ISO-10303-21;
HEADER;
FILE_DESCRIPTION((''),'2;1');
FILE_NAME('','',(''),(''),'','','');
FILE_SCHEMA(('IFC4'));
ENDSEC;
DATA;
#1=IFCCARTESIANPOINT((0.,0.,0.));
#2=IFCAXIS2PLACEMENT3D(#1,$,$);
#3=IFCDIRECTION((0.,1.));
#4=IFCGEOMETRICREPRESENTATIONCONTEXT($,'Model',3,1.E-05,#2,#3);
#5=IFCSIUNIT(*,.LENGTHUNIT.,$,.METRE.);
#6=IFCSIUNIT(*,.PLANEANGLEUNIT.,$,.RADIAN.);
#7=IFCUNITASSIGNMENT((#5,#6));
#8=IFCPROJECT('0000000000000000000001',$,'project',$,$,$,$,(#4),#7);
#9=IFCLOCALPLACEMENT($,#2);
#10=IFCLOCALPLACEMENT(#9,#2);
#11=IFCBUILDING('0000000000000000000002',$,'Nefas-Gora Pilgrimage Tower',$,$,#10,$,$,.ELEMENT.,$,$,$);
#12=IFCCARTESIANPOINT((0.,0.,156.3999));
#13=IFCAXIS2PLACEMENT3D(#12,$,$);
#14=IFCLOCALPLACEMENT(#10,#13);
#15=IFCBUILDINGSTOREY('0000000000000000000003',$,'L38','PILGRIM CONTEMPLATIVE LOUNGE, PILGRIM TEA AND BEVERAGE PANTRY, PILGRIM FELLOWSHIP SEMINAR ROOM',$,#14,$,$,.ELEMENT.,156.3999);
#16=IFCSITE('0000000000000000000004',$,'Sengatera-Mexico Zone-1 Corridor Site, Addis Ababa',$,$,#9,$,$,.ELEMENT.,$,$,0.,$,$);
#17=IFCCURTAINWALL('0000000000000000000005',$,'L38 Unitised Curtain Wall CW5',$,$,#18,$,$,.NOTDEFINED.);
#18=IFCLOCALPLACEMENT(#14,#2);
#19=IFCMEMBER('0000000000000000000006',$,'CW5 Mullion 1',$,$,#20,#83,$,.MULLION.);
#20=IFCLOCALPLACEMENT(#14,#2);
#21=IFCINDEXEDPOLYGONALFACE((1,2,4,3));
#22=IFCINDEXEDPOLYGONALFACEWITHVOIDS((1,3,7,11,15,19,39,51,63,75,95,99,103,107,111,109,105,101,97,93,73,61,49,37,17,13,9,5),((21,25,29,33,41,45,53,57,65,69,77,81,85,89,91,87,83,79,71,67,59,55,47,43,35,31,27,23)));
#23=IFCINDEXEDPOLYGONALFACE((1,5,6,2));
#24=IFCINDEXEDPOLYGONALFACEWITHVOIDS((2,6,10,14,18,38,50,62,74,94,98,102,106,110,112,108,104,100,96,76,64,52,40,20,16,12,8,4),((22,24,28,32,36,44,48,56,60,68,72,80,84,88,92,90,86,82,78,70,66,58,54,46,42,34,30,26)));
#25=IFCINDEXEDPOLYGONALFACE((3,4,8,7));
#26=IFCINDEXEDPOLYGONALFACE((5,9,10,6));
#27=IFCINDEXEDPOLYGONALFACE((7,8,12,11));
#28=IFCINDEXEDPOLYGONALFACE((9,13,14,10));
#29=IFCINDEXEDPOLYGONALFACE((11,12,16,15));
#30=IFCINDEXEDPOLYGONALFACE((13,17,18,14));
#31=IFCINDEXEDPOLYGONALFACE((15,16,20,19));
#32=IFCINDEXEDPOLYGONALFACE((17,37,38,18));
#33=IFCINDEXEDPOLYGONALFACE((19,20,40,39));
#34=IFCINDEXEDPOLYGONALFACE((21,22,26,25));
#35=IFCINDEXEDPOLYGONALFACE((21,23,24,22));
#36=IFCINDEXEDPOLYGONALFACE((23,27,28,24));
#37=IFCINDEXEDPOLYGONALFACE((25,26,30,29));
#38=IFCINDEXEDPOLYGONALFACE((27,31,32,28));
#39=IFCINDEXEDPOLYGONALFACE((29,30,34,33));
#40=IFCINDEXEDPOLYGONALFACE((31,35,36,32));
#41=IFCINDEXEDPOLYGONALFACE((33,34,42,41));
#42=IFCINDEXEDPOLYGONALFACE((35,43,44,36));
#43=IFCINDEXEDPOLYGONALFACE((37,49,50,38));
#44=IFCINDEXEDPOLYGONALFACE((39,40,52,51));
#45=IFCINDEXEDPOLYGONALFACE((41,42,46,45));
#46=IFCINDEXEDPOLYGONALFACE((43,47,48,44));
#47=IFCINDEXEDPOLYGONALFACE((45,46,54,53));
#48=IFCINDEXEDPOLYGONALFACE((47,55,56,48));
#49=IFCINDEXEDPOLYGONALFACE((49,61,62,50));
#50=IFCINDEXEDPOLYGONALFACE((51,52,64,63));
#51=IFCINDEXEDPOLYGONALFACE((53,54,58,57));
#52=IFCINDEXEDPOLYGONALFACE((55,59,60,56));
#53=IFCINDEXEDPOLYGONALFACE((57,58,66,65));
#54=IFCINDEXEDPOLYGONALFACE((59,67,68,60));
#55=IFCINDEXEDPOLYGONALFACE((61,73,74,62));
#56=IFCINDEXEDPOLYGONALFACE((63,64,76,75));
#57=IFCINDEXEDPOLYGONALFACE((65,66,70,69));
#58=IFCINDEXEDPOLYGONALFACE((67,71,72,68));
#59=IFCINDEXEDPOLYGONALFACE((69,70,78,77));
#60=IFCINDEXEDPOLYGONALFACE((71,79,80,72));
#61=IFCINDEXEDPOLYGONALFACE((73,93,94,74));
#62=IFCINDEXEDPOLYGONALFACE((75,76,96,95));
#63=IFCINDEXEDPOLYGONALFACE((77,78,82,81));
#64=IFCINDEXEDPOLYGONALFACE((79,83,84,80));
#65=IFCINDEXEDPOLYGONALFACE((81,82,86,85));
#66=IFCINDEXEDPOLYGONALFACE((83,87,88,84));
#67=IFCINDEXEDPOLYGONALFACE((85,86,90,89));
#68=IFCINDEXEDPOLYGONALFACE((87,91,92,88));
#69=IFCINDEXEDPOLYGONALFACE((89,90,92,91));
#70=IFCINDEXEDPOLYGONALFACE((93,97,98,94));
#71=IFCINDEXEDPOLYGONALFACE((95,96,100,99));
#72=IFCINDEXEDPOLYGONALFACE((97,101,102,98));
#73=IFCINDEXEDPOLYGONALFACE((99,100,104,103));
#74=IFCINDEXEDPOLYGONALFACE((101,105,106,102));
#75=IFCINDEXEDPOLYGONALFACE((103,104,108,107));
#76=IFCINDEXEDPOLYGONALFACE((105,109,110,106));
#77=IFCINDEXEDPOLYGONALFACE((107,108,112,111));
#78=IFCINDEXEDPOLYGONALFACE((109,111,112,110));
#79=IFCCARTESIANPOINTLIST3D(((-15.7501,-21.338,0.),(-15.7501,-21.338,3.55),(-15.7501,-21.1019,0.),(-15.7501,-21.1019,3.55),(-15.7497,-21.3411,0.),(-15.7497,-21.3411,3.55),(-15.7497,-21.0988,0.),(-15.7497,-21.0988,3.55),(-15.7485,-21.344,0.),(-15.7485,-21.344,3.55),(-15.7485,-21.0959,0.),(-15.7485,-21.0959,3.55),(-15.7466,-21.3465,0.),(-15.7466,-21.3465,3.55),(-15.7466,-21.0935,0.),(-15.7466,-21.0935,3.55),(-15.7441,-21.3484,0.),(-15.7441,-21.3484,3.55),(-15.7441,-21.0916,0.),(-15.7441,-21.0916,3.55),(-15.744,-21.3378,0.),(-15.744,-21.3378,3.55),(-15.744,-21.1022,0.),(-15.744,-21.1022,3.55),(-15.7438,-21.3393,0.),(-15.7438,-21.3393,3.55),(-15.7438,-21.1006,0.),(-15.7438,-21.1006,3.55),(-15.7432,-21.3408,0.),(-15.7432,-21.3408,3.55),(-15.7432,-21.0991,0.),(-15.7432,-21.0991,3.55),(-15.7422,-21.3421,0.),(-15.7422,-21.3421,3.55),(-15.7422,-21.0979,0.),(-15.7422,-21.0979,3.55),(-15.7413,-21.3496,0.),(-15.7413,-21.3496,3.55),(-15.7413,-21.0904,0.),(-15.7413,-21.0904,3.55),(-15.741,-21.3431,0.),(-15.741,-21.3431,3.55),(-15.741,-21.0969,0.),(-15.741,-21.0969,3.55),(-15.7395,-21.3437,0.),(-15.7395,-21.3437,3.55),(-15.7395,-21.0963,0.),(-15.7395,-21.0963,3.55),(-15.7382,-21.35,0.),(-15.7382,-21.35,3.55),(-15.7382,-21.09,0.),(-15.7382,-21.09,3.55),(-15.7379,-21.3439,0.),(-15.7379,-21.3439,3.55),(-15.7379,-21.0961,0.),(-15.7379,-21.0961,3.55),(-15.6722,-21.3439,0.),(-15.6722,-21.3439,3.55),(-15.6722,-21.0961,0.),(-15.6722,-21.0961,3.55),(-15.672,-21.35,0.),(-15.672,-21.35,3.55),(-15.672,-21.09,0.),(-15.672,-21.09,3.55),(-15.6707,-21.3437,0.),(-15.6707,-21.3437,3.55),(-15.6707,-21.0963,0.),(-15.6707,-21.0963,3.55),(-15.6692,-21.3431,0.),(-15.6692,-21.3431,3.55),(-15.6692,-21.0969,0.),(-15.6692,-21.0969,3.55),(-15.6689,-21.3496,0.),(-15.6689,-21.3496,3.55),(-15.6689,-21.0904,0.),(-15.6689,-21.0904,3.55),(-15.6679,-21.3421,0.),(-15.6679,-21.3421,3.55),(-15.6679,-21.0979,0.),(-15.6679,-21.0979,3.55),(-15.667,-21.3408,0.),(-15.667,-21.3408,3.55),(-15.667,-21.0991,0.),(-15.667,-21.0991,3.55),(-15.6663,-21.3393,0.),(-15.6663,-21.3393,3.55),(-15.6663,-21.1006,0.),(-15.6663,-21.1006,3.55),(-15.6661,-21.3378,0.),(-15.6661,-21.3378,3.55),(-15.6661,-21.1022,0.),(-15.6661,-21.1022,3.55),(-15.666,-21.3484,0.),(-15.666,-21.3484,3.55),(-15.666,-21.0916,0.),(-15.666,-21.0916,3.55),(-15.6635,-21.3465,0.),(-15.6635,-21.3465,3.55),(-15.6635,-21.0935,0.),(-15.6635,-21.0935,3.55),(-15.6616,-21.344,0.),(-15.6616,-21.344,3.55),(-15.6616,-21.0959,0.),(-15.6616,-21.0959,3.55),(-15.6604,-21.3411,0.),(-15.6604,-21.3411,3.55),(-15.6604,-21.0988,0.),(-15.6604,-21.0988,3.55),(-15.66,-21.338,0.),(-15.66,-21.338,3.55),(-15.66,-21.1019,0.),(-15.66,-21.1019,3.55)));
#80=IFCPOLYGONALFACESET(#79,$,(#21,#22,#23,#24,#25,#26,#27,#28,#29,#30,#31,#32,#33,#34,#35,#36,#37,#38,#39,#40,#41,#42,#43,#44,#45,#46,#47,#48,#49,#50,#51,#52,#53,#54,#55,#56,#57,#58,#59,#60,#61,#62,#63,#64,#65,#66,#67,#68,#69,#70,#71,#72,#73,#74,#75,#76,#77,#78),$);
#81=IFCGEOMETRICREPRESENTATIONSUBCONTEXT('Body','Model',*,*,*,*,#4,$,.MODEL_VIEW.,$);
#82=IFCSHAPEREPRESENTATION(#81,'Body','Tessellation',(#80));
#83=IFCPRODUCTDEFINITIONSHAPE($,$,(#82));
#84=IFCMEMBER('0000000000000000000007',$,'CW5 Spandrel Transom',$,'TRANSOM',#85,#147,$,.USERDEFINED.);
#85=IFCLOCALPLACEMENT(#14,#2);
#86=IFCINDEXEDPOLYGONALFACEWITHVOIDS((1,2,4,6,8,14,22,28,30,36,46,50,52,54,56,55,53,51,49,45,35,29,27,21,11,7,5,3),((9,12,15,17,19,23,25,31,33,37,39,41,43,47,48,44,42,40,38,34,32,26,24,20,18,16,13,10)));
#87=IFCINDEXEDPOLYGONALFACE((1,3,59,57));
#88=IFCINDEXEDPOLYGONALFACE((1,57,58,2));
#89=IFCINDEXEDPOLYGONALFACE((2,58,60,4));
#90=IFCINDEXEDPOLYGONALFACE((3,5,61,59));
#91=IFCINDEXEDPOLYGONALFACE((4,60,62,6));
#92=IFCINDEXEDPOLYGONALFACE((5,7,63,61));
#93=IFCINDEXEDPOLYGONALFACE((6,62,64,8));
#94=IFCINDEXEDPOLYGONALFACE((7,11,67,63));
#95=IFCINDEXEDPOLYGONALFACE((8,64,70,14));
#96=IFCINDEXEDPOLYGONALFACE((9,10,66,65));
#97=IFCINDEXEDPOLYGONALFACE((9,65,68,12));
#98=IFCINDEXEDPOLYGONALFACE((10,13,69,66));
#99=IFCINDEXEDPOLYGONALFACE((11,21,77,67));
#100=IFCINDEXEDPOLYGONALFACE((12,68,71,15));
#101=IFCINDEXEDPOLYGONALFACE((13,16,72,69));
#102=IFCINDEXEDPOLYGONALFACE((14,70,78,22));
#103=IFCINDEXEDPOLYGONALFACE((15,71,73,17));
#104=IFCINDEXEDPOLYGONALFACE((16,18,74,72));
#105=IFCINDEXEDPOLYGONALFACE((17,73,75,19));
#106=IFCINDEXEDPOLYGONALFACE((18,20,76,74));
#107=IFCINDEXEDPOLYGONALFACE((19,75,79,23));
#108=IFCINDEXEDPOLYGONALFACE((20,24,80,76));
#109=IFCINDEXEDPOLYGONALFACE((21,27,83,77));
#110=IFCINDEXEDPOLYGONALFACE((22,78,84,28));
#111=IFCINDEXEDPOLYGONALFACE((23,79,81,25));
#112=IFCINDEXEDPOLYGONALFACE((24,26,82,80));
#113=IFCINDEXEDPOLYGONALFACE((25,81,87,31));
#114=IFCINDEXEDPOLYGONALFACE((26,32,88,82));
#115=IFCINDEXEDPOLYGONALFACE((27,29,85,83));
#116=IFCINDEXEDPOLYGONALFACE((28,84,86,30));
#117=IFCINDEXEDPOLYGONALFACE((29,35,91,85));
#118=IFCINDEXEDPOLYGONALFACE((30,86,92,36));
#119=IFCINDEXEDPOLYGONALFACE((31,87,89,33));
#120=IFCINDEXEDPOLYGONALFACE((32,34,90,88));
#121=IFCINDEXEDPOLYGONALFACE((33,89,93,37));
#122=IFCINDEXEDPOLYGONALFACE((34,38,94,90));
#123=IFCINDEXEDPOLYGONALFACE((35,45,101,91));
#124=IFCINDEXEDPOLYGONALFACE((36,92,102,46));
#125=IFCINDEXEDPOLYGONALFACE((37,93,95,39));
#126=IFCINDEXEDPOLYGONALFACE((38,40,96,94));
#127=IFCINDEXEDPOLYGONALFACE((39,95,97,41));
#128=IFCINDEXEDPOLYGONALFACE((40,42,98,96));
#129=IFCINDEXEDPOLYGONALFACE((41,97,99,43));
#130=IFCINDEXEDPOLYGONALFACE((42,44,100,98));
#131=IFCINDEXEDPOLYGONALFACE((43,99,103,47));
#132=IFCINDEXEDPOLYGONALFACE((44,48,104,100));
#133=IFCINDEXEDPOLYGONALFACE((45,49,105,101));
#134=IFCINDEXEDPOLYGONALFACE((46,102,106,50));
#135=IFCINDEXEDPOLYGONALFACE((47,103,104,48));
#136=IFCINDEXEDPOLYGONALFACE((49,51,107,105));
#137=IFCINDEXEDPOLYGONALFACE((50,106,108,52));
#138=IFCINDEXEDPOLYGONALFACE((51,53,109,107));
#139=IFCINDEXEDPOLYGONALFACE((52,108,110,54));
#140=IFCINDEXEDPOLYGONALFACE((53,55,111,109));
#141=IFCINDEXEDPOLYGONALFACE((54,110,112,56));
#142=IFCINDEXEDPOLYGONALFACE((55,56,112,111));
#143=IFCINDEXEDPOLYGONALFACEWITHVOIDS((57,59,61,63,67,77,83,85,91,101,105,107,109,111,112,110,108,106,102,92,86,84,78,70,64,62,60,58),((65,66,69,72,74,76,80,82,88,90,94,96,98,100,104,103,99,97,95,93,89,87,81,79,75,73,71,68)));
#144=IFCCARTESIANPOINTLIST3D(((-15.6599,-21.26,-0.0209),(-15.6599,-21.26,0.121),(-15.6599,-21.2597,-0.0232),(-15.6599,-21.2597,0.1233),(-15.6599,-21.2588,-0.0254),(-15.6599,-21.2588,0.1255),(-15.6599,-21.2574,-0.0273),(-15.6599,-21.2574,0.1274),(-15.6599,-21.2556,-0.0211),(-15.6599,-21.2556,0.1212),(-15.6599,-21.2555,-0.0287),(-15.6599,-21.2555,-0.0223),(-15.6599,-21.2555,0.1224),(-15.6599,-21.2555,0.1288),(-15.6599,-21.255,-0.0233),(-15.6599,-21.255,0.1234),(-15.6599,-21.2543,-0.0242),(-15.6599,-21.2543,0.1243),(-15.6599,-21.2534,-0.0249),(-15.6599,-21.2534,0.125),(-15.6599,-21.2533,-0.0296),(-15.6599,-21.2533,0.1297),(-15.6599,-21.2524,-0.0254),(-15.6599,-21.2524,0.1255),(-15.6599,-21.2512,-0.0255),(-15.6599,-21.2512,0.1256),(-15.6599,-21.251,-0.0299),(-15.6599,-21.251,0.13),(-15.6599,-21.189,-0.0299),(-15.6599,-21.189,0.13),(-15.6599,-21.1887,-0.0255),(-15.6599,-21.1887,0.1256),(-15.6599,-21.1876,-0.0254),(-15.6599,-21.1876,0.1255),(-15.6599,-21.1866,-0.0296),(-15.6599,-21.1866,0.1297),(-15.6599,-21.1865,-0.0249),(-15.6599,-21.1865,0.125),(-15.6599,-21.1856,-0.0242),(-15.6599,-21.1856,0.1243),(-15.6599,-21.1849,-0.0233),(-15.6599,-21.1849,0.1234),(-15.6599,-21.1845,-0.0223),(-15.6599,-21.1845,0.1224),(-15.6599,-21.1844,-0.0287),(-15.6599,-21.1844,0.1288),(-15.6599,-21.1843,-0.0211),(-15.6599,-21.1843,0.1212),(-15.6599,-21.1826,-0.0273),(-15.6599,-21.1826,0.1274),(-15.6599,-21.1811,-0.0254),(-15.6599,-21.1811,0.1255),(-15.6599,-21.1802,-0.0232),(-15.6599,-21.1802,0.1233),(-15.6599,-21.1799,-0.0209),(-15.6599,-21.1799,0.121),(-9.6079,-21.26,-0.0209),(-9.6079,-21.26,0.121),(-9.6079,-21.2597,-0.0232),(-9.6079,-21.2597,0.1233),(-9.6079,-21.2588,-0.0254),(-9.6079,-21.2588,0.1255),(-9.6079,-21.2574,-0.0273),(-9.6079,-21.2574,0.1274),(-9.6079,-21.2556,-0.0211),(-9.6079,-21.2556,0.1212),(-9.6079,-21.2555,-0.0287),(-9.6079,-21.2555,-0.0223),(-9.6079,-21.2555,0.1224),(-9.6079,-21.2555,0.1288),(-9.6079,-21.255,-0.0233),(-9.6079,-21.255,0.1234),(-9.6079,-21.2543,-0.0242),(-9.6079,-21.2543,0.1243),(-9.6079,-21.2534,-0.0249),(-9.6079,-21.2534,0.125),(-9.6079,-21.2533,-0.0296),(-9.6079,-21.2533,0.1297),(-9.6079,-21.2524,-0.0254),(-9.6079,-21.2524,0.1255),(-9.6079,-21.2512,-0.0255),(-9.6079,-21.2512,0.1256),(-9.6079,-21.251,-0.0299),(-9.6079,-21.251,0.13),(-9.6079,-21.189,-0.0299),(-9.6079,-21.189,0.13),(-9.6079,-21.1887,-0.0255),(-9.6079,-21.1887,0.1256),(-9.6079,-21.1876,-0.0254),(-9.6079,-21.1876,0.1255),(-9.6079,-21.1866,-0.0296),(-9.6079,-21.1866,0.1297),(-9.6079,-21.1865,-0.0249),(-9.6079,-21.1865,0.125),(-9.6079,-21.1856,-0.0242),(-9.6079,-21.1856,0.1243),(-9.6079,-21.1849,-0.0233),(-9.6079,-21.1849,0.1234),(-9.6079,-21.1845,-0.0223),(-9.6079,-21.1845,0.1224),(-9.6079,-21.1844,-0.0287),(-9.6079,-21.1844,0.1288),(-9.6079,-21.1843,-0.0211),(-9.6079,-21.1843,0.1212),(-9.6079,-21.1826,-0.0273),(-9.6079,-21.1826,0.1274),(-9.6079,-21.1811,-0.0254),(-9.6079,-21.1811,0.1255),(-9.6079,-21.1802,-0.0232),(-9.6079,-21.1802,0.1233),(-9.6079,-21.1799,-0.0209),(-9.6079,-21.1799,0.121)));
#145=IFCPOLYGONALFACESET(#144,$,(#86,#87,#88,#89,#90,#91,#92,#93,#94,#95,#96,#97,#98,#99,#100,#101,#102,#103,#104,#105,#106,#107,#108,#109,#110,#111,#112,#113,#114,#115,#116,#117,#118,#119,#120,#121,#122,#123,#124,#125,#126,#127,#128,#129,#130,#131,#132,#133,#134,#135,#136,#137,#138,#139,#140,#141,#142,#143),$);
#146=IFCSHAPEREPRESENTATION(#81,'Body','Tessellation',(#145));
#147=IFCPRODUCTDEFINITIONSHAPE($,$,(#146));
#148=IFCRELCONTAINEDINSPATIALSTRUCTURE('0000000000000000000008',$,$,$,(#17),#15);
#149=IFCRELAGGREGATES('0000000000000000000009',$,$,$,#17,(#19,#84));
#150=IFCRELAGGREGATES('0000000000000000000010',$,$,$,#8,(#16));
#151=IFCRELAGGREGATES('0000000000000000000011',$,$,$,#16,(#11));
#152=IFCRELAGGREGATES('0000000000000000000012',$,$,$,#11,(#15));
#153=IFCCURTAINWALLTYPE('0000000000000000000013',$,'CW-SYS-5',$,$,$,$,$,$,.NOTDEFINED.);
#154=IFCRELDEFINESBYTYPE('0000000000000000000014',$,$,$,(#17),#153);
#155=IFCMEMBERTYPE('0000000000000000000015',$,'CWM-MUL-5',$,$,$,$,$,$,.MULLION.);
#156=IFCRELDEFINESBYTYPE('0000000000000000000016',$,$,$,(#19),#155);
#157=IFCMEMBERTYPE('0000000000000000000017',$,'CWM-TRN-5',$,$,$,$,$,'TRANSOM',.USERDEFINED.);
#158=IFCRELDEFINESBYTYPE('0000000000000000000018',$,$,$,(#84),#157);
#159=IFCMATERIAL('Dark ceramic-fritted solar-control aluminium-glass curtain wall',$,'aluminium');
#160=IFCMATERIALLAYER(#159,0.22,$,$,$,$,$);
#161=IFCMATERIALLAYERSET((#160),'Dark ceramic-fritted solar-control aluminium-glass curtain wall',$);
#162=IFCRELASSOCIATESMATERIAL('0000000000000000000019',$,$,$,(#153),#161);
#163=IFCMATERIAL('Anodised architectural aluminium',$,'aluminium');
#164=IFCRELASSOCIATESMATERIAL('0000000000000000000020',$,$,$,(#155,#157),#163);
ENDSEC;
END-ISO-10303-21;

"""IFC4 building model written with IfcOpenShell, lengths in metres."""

from ifc_helpers import new_model, si_unit, direction, frame, origin, origin_2d, place, context, subcontext, project, spatial, hollow_rectangle, extrude, source, transform, mapped, material, layer, layer_set, material_profile, profile_set, type_object, element, aggregate, save


model = new_model("IFC4")

# Units and contexts
model_context = context("Model", 3, precision=1e-05, world=origin(), true_north=direction((0.0, 1.0)))
body_context = subcontext(model_context, "Body", "Model", "MODEL_VIEW")
ifc_project = project(units=[si_unit("LENGTHUNIT", "METRE"), si_unit("PLANEANGLEUNIT", "RADIAN")], contexts=[model_context])

# Site, building, storey
site_placement = place(None, origin())
site = spatial("IfcSite", under=ifc_project, at=site_placement, Name="Sengatera-Mexico Zone-1 Corridor Site, Addis Ababa", CompositionType="ELEMENT", RefElevation=0.0)
building_placement = place(site_placement, origin())
building = spatial("IfcBuilding", under=site, at=building_placement, Name="Nefas-Gora Pilgrimage Tower", CompositionType="ELEMENT")
storey_placement = place(building_placement, frame((0.0, 0.0, 156.3999)))
storey = spatial("IfcBuildingStorey", under=building, at=storey_placement, Name="L38", Description="PILGRIM CONTEMPLATIVE LOUNGE, PILGRIM TEA AND BEVERAGE PANTRY, PILGRIM FELLOWSHIP SEMINAR ROOM", CompositionType="ELEMENT", Elevation=156.3999)

# Curtain wall, members
ifc_material_1 = material(Name="Dark ceramic-fritted solar-control aluminium-glass curtain wall", Category="aluminium")
ifc_layer_1 = layer(ifc_material_1, 0.22)
ifc_layer_set_1 = layer_set([ifc_layer_1], Name="Dark ceramic-fritted solar-control aluminium-glass curtain wall")
curtain_wall_type_1 = type_object("IfcCurtainWallType", Name="CW-SYS-5", PredefinedType="NOTDEFINED", material=ifc_layer_set_1)
curtain_wall_1_placement = place(storey_placement, origin())
curtain_wall_1 = element("IfcCurtainWall", 1, at=curtain_wall_1_placement, inside=storey, type_object=curtain_wall_type_1, Name="L38 Unitised Curtain Wall CW5", PredefinedType="NOTDEFINED")
ifc_material_2 = material(Name="Anodised architectural aluminium", Category="aluminium")
ifc_material_profile_1 = material_profile(ifc_material_2, hollow_rectangle(XDim=0.0901, YDim=0.26, WallThickness=0.0061, InnerFilletRadius=0.0061, OuterFilletRadius=0.012, at=origin_2d()), Name="ALU MULLION 90x260")
ifc_profile_set_1 = profile_set([ifc_material_profile_1], Name="Anodised architectural aluminium")
member_type_1 = type_object("IfcMemberType", Name="CWM-MUL-5", PredefinedType="MULLION", material=ifc_profile_set_1)
shared_shape_1 = source(origin(), body_context, "Body", "SweptSolid", [
    extrude(hollow_rectangle(XDim=0.0901, YDim=0.26, WallThickness=0.0061, InnerFilletRadius=0.0061, OuterFilletRadius=0.012, at=origin_2d()), origin(), (0.0, 0.0, 1.0), 3.55),
])
member_1_placement = place(storey_placement, frame((-15.7051, -21.22, 0.0), z_axis=(0.0, 0.0, 1.0), x_axis=(1.0, 0.0, 0.0)))
member_1 = element("IfcMember", 2, at=member_1_placement, type_object=member_type_1, Name="CW5 Mullion 1", PredefinedType="MULLION", context=body_context, shape_type="MappedRepresentation", body=[
    mapped(shared_shape_1, transform((0.0, 0.0, 0.0), x_axis=(1.0, 0.0, 0.0), y_axis=(0.0, 1.0, 0.0), z_axis=(0.0, 0.0, 1.0), scale=1.0)),
])
ifc_material_profile_2 = material_profile(ifc_material_2, hollow_rectangle(XDim=0.0801, YDim=0.1599, WallThickness=0.0044, InnerFilletRadius=0.0044, OuterFilletRadius=0.009, at=origin_2d()), Name="ALU TRANSOM 80x160")
ifc_profile_set_2 = profile_set([ifc_material_profile_2], Name="Anodised architectural aluminium")
member_type_2 = type_object("IfcMemberType", Name="CWM-TRN-5", ElementType="TRANSOM", PredefinedType="USERDEFINED", material=ifc_profile_set_2)
shared_shape_2 = source(origin(), body_context, "Body", "SweptSolid", [
    extrude(hollow_rectangle(XDim=0.0801, YDim=0.1599, WallThickness=0.0044, InnerFilletRadius=0.0044, OuterFilletRadius=0.009, at=origin_2d()), origin(), (0.0, 0.0, 1.0), 6.052),
])
member_2_placement = place(storey_placement, frame((-15.6599, -21.22, 0.05), z_axis=(1.0, 0.0, 0.0), x_axis=(0.0, 1.0, 0.0)))
member_2 = element("IfcMember", 3, at=member_2_placement, type_object=member_type_2, Name="CW5 Spandrel Transom", ObjectType="TRANSOM", PredefinedType="USERDEFINED", context=body_context, shape_type="MappedRepresentation", body=[
    mapped(shared_shape_2, transform((0.0, 0.0, 0.0), x_axis=(1.0, 0.0, 0.0), y_axis=(0.0, 1.0, 0.0), z_axis=(0.0, 0.0, 1.0), scale=1.0)),
])

aggregate(curtain_wall_1, [member_1, member_2])

save(model, "model.ifc")
